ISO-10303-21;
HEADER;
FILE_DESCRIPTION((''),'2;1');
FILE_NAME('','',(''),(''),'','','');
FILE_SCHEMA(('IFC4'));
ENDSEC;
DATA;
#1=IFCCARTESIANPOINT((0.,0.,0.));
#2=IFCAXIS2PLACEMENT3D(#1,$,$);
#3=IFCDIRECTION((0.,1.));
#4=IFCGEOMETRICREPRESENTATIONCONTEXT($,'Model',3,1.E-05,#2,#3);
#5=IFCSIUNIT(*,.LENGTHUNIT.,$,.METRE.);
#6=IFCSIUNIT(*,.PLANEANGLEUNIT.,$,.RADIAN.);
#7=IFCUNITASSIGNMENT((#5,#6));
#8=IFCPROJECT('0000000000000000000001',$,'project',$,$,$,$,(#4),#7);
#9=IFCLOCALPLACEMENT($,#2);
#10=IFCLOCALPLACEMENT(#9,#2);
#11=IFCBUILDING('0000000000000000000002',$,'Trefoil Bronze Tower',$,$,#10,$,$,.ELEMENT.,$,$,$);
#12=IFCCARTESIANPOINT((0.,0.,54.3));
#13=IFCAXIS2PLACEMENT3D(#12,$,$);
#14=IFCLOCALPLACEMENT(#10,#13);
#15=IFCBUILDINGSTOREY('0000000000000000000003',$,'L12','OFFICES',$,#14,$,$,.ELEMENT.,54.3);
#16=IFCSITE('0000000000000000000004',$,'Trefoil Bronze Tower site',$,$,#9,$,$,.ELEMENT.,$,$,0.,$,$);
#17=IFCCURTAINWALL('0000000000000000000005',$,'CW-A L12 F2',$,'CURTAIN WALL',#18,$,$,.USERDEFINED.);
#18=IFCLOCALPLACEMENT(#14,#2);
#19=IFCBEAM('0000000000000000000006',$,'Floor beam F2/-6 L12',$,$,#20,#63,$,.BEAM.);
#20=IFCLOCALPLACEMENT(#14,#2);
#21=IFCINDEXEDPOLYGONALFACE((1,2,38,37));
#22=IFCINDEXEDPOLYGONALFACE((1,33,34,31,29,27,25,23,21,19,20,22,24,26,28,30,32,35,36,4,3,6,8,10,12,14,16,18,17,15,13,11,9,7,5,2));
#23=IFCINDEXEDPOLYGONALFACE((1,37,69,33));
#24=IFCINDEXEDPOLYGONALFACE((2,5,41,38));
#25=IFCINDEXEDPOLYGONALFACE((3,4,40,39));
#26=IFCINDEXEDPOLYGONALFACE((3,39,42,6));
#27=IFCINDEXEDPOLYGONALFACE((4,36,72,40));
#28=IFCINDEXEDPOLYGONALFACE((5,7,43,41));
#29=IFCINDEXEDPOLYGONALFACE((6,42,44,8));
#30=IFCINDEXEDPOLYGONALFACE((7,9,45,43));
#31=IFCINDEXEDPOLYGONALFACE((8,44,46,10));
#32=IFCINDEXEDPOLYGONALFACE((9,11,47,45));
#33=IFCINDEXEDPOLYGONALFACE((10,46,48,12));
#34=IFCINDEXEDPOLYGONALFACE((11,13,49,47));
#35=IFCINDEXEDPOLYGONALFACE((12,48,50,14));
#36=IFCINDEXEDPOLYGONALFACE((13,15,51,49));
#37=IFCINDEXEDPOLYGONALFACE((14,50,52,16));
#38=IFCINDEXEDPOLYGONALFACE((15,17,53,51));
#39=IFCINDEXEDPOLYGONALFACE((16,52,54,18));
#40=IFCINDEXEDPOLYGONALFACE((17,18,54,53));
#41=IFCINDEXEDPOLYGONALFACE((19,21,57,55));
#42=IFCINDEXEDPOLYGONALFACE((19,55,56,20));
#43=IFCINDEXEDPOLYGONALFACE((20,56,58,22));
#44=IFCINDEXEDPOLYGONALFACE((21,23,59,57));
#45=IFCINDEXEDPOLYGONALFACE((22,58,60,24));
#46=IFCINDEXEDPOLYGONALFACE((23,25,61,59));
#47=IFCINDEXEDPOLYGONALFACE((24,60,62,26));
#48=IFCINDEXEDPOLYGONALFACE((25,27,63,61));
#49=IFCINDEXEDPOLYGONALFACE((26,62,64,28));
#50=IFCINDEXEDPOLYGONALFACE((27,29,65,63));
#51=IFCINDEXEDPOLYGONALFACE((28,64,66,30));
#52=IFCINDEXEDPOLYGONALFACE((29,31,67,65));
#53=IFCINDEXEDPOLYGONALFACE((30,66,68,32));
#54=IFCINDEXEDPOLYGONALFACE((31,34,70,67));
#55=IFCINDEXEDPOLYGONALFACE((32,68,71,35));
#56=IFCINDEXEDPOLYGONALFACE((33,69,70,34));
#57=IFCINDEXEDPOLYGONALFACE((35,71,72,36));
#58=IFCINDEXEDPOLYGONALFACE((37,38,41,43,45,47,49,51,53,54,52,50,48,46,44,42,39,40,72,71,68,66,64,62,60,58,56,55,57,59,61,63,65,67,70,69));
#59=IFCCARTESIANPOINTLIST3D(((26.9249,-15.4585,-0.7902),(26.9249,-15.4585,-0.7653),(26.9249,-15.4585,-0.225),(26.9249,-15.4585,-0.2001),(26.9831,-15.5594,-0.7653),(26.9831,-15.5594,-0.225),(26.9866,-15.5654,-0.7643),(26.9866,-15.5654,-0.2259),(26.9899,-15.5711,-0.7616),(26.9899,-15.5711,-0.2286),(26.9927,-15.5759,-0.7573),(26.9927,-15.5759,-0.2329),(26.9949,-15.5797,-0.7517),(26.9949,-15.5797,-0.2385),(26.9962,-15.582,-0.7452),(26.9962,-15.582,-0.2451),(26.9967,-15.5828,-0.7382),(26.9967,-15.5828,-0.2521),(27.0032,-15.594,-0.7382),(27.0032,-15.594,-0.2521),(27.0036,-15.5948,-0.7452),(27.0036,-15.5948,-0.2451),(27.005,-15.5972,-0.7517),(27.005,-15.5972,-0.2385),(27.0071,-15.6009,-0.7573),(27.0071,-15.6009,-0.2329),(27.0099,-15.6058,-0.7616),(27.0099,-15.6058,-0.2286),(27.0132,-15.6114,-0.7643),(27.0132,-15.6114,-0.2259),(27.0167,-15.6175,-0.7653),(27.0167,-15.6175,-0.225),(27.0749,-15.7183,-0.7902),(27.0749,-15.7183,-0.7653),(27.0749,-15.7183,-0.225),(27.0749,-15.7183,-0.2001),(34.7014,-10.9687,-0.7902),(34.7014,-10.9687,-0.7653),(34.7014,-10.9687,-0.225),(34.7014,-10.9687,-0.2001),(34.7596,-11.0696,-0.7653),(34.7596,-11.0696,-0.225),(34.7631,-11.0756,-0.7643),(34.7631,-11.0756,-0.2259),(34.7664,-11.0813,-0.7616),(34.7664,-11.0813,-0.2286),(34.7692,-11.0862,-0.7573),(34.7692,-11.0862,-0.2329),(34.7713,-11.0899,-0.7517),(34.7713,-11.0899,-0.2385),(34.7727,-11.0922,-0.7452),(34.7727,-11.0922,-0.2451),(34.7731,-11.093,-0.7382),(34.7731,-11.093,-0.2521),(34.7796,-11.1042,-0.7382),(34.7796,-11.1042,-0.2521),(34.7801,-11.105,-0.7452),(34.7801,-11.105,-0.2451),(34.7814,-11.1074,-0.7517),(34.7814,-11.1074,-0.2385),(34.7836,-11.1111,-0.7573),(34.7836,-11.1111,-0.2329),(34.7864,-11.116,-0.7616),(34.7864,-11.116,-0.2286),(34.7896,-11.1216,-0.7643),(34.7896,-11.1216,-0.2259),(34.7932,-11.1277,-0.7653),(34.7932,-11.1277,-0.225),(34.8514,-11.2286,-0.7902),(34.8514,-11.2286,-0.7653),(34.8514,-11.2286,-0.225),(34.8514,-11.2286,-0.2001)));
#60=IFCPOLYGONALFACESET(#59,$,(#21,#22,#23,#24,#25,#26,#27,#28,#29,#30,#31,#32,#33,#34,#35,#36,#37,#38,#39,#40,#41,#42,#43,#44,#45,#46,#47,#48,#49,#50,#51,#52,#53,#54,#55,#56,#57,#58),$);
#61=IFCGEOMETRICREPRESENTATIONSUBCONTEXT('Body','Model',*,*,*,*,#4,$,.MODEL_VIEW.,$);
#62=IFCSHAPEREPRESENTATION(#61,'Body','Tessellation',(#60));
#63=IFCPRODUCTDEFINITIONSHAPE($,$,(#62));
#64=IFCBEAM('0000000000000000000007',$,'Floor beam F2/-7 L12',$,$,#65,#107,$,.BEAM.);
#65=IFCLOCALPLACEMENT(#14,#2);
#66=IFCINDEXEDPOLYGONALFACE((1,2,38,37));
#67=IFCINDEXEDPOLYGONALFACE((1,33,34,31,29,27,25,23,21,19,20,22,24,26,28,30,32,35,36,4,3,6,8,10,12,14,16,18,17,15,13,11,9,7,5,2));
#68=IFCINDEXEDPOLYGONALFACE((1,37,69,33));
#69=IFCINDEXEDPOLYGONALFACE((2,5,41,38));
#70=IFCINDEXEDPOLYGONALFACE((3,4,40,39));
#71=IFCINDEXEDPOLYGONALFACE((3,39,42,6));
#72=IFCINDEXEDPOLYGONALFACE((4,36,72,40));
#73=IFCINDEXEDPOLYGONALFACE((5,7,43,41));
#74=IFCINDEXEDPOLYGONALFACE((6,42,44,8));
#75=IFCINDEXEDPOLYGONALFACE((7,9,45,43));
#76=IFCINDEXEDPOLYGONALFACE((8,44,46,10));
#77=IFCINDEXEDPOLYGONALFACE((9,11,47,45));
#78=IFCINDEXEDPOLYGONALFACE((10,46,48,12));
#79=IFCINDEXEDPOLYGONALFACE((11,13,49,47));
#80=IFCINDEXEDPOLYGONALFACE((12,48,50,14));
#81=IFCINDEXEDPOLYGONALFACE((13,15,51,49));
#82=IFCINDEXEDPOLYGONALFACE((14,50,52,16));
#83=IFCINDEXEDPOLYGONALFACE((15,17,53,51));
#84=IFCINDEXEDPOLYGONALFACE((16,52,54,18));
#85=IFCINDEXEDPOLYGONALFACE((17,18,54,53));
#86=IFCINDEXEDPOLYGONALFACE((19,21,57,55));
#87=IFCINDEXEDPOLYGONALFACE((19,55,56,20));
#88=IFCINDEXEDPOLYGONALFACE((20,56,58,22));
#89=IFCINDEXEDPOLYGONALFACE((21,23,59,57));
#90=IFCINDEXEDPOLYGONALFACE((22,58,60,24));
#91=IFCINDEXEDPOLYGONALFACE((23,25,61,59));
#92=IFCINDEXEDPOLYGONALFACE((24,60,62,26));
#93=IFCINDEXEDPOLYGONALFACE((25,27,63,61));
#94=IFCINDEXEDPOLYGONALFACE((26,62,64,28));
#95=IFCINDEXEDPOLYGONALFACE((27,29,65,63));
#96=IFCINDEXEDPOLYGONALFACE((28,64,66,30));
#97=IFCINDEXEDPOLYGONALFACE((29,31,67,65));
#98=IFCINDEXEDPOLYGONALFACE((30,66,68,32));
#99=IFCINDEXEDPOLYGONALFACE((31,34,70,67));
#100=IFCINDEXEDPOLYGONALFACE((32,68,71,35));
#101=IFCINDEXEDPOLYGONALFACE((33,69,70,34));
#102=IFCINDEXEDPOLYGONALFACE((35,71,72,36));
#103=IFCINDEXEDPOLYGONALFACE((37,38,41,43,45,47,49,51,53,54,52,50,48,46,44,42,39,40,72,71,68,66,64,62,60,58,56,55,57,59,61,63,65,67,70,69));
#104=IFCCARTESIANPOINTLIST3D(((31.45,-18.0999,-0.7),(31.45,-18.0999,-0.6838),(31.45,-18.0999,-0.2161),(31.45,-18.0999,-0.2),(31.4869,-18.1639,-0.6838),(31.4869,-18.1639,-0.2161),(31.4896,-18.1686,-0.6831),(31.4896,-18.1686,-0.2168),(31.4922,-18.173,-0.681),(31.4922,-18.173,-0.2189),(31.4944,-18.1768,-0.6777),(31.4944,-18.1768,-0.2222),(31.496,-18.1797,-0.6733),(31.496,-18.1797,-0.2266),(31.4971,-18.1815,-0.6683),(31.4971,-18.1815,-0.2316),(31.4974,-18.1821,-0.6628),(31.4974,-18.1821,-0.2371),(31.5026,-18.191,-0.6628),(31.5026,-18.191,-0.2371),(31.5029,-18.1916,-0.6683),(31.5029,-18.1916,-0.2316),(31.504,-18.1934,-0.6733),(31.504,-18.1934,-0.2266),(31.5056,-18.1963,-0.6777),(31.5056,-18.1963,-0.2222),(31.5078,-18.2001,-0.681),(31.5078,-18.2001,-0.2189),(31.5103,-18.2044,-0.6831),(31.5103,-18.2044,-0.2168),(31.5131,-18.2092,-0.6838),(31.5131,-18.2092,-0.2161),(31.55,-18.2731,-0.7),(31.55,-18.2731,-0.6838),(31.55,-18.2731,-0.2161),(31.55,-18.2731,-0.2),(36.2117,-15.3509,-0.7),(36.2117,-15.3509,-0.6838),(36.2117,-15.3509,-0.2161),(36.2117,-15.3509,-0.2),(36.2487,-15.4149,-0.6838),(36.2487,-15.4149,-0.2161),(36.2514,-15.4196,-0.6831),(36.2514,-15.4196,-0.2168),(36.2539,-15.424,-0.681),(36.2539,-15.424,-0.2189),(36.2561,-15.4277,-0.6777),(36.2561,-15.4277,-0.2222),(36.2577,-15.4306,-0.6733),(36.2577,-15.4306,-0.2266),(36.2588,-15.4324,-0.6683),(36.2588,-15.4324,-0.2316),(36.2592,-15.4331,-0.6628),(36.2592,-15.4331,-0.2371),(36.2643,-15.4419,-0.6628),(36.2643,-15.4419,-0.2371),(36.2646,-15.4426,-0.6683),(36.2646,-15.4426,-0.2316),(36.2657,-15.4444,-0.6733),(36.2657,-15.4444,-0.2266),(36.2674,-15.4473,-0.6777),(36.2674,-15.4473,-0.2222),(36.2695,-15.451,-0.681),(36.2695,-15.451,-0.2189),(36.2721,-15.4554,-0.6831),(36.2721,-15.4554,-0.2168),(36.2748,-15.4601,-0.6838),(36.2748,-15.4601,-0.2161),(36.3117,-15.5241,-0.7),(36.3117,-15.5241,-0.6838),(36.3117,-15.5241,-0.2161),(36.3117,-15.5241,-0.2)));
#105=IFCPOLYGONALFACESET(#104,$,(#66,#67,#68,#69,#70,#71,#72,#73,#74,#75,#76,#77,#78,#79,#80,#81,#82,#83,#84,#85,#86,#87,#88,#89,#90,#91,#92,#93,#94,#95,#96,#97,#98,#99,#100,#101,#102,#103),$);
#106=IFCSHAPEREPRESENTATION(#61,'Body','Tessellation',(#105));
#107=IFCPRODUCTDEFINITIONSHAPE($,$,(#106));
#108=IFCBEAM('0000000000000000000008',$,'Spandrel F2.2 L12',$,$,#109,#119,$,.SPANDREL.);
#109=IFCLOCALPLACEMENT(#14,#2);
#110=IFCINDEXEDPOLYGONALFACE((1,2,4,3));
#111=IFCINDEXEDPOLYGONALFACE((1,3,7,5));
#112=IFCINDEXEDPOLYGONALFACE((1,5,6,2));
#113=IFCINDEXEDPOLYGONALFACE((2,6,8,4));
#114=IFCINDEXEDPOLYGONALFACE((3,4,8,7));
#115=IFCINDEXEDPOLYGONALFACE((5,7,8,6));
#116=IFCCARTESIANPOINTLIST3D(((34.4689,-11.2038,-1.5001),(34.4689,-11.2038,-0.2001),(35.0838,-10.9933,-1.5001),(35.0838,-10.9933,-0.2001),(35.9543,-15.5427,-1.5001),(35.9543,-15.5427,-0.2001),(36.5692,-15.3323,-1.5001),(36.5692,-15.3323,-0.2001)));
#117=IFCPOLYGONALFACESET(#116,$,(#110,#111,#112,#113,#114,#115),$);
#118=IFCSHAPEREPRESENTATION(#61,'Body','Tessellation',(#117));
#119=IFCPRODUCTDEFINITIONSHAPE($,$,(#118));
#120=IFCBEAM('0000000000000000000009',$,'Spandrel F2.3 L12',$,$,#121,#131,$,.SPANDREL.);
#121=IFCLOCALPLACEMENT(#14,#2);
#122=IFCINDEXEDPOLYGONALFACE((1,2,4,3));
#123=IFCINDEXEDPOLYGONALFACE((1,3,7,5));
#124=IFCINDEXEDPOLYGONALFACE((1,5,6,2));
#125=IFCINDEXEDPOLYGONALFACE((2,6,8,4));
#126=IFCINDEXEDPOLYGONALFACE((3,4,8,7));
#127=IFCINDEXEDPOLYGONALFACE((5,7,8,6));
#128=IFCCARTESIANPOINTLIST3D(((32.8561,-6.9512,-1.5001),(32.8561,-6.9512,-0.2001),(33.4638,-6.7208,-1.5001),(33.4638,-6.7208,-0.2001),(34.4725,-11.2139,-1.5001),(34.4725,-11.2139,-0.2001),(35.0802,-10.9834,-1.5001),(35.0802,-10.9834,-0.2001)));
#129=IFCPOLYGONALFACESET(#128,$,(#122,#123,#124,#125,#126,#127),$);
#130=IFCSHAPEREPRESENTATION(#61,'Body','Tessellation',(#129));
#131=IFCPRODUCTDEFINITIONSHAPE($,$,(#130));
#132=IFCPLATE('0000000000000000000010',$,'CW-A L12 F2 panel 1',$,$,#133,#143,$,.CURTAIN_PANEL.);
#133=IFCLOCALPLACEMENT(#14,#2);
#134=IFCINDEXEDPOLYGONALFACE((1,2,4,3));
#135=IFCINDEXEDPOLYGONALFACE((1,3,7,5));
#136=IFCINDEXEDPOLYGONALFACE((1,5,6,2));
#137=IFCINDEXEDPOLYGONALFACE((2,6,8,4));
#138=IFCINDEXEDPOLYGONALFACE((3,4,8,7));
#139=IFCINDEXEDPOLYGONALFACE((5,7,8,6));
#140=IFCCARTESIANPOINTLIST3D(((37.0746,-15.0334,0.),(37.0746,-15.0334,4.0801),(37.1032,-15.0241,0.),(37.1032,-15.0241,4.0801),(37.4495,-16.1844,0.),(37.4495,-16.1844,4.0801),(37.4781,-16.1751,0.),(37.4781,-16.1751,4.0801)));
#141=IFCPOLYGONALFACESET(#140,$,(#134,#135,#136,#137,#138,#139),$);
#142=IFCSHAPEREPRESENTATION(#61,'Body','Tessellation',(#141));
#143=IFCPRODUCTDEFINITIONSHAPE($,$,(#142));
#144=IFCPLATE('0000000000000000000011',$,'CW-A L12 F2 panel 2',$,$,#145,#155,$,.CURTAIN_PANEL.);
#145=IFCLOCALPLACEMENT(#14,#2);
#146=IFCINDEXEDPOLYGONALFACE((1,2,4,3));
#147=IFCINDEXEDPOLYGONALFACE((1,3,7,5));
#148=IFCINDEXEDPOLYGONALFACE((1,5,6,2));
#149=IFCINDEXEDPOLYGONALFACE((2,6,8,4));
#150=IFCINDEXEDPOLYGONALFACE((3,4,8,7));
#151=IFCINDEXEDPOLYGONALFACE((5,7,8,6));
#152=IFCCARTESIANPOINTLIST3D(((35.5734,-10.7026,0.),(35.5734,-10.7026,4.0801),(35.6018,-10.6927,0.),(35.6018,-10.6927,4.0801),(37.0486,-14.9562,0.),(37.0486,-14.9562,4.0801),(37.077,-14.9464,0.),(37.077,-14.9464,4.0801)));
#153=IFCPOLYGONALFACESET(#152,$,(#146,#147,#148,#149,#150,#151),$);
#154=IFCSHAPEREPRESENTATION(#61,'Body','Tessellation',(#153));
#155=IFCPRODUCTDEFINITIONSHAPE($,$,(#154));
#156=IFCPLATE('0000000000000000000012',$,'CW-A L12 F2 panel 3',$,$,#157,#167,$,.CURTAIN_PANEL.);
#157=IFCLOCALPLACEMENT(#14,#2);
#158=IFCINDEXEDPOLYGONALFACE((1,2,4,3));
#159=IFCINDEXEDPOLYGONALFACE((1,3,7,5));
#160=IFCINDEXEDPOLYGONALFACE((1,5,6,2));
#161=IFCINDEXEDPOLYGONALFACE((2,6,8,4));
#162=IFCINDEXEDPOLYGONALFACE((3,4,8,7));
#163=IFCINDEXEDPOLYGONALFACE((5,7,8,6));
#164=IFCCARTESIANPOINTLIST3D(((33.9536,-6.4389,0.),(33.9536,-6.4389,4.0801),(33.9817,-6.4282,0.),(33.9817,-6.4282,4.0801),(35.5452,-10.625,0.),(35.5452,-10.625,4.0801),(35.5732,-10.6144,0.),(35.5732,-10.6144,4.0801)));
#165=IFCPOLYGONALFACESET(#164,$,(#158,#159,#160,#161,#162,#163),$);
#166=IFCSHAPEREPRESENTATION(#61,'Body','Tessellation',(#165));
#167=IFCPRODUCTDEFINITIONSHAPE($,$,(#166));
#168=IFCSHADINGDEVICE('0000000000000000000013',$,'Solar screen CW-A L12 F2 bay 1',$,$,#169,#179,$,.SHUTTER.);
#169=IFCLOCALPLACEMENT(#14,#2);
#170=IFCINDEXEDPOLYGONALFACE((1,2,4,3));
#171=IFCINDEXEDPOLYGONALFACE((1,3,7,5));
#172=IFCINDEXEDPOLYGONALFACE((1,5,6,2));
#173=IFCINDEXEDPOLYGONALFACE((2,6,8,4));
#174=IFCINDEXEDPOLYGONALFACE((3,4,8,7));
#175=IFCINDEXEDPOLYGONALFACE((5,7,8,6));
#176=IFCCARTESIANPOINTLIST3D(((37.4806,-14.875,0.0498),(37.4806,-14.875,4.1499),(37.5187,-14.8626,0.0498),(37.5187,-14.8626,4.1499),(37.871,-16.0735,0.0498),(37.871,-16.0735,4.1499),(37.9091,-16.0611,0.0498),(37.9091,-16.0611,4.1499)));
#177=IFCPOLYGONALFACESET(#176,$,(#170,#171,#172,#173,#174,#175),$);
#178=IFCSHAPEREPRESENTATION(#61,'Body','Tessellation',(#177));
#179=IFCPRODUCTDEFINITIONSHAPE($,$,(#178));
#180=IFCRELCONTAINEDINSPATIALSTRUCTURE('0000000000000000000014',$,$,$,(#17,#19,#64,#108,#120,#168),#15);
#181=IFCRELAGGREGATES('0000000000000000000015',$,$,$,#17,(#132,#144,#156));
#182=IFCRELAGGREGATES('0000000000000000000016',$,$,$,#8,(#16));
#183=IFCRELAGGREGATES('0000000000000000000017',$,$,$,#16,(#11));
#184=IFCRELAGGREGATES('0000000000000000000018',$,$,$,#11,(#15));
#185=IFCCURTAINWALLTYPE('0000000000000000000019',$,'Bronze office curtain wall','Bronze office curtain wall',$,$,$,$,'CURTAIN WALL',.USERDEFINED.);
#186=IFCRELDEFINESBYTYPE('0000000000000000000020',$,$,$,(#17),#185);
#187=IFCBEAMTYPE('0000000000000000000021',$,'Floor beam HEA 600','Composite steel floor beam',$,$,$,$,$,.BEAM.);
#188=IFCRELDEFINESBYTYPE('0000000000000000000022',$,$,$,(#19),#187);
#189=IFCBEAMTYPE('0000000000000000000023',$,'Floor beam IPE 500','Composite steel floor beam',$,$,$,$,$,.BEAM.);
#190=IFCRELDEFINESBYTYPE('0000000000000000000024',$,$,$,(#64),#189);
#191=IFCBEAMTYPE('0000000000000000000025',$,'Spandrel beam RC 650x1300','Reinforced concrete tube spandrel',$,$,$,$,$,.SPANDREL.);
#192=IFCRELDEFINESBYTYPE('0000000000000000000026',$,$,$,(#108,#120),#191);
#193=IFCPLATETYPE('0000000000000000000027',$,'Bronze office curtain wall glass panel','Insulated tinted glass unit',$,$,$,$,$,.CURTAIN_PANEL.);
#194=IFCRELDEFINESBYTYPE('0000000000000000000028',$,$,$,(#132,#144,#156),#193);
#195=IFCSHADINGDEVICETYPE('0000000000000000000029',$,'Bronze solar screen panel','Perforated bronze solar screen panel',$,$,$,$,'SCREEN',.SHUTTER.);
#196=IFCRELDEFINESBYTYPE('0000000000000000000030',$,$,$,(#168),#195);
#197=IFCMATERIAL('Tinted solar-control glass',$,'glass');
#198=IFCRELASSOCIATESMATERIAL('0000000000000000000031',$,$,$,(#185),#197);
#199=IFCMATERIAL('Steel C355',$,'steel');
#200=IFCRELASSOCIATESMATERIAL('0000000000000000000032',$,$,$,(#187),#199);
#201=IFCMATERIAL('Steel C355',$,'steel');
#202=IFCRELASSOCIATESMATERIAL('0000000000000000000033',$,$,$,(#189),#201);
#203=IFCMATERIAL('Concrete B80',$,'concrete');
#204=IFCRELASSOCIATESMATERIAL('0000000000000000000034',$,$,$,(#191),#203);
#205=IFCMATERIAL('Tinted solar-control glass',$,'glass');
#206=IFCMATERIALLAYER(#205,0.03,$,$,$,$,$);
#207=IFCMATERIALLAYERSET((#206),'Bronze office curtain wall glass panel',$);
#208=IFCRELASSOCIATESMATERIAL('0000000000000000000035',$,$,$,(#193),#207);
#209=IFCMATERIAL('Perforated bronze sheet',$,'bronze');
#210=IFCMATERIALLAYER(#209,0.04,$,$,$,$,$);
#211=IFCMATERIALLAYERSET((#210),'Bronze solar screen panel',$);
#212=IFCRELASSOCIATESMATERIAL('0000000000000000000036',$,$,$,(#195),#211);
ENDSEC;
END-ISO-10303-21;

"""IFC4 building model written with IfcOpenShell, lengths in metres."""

from ifc_helpers import new_model, si_unit, direction, frame, origin, origin_2d, place, context, subcontext, project, spatial, rectangle, i_section, extrude, material, layer, layer_set, material_profile, profile_set, type_object, element, aggregate, save


model = new_model("IFC4")

# Units and contexts
model_context = context("Model", 3, precision=1e-05, world=origin(), true_north=direction((0.0, 1.0)))
body_context = subcontext(model_context, "Body", "Model", "MODEL_VIEW")
ifc_project = project(units=[si_unit("LENGTHUNIT", "METRE"), si_unit("PLANEANGLEUNIT", "RADIAN")], contexts=[model_context])

# Site, building, storey
site_placement = place(None, origin())
site = spatial("IfcSite", under=ifc_project, at=site_placement, Name="Trefoil Bronze Tower site", CompositionType="ELEMENT", RefElevation=0.0)
building_placement = place(site_placement, origin())
building = spatial("IfcBuilding", under=site, at=building_placement, Name="Trefoil Bronze Tower", CompositionType="ELEMENT")
storey_placement = place(building_placement, frame((0.0, 0.0, 54.3)))
storey = spatial("IfcBuildingStorey", under=building, at=storey_placement, Name="L12", Description="OFFICES", CompositionType="ELEMENT", Elevation=54.3)

# Curtain wall
ifc_material_1 = material(Name="Tinted solar-control glass", Category="glass")
curtain_wall_type = type_object("IfcCurtainWallType", Name="Bronze office curtain wall", Description="Bronze office curtain wall", ElementType="CURTAIN WALL", PredefinedType="USERDEFINED", material=ifc_material_1)
curtain_wall_placement = place(storey_placement, origin())
curtain_wall = element("IfcCurtainWall", 1, at=curtain_wall_placement, inside=storey, type_object=curtain_wall_type, Name="CW-A L12 F2", ObjectType="CURTAIN WALL", PredefinedType="USERDEFINED")

# Beams
ifc_material_2 = material(Name="Steel C355", Category="steel")
ifc_material_profile_1 = material_profile(ifc_material_2, i_section(OverallWidth=0.3, OverallDepth=0.5901, WebThickness=0.0129, FlangeThickness=0.0249, FilletRadius=0.0271, at=origin_2d()), Name="HEA 600")
ifc_profile_set_1 = profile_set([ifc_material_profile_1], Name="Steel C355")
beam_type_1 = type_object("IfcBeamType", Name="Floor beam HEA 600", Description="Composite steel floor beam", PredefinedType="BEAM", material=ifc_profile_set_1)
beam_1_placement = place(storey_placement, frame((34.7764, -11.0986, -0.4951), z_axis=(-0.866023, -0.500005, 0.0), x_axis=(0.500005, -0.866023, 0.0)))
element("IfcBeam", 2, at=beam_1_placement, inside=storey, type_object=beam_type_1, Name="Floor beam F2/-6 L12", PredefinedType="BEAM", context=body_context, shape_type="SweptSolid", body=[
    extrude(i_section(OverallWidth=0.3, OverallDepth=0.5901, WebThickness=0.0129, FlangeThickness=0.0249, FilletRadius=0.0271, at=origin_2d()), origin(), (0.0, 0.0, 1.0), 8.9795),
])
ifc_material_3 = material(Name="Steel C355", Category="steel")
ifc_material_profile_2 = material_profile(ifc_material_3, i_section(OverallWidth=0.2, OverallDepth=0.5, WebThickness=0.0103, FlangeThickness=0.0161, FilletRadius=0.021, at=origin_2d()), Name="IPE 500")
ifc_profile_set_2 = profile_set([ifc_material_profile_2], Name="Steel C355")
beam_type_2 = type_object("IfcBeamType", Name="Floor beam IPE 500", Description="Composite steel floor beam", PredefinedType="BEAM", material=ifc_profile_set_2)
beam_2_placement = place(storey_placement, frame((36.2617, -15.4375, -0.45), z_axis=(-0.866038, -0.499979, 0.0), x_axis=(0.499979, -0.866038, 0.0)))
element("IfcBeam", 3, at=beam_2_placement, inside=storey, type_object=beam_type_2, Name="Floor beam F2/-7 L12", PredefinedType="BEAM", context=body_context, shape_type="SweptSolid", body=[
    extrude(i_section(OverallWidth=0.2, OverallDepth=0.5, WebThickness=0.0103, FlangeThickness=0.0161, FilletRadius=0.021, at=origin_2d()), origin(), (0.0, 0.0, 1.0), 5.4983),
])
ifc_material_4 = material(Name="Concrete B80", Category="concrete")
ifc_material_profile_3 = material_profile(ifc_material_4, rectangle(XDim=0.6499, YDim=1.3, at=origin_2d()), Name="RC 650x1300")
ifc_profile_set_3 = profile_set([ifc_material_profile_3], Name="Concrete B80")
beam_type_3 = type_object("IfcBeamType", Name="Spandrel beam RC 650x1300", Description="Reinforced concrete tube spandrel", PredefinedType="SPANDREL", material=ifc_profile_set_3)
beam_3_placement = place(storey_placement, frame((36.2617, -15.4375, -0.8501), z_axis=(-0.323883, 0.946097, 0.0), x_axis=(-0.946097, -0.323883, 0.0)))
element("IfcBeam", 4, at=beam_3_placement, inside=storey, type_object=beam_type_3, Name="Spandrel F2.2 L12", PredefinedType="SPANDREL", context=body_context, shape_type="SweptSolid", body=[
    extrude(rectangle(XDim=0.6499, YDim=1.3, at=origin_2d()), origin(), (0.0, 0.0, 1.0), 4.5862),
])
beam_4_placement = place(storey_placement, frame((34.7764, -11.0986, -0.8501), z_axis=(-0.354572, 0.935029, 0.0), x_axis=(-0.935029, -0.354572, 0.0)))
element("IfcBeam", 5, at=beam_4_placement, inside=storey, type_object=beam_type_3, Name="Spandrel F2.3 L12", PredefinedType="SPANDREL", context=body_context, shape_type="SweptSolid", body=[
    extrude(rectangle(XDim=0.6499, YDim=1.3, at=origin_2d()), origin(), (0.0, 0.0, 1.0), 4.5588),
])

# Plates
ifc_material_5 = material(Name="Tinted solar-control glass", Category="glass")
ifc_layer_1 = layer(ifc_material_5, 0.03)
ifc_layer_set_1 = layer_set([ifc_layer_1], Name="Bronze office curtain wall glass panel")
plate_type = type_object("IfcPlateType", Name="Bronze office curtain wall glass panel", Description="Insulated tinted glass unit", PredefinedType="CURTAIN_PANEL", material=ifc_layer_set_1)
plate_1_placement = place(storey_placement, frame((37.2764, -15.6042, 0.0), z_axis=(0.0, 0.0, 1.0), x_axis=(-0.309728, 0.950825, 0.0)))
plate_1 = element("IfcPlate", 6, at=plate_1_placement, type_object=plate_type, Name="CW-A L12 F2 panel 1", PredefinedType="CURTAIN_PANEL", context=body_context, shape_type="SweptSolid", body=[
    extrude(rectangle(XDim=1.2104, YDim=0.03, at=origin_2d()), origin(), (0.0, 0.0, 1.0), 4.0801),
])
plate_2_placement = place(storey_placement, frame((36.3252, -12.8245, 0.0), z_axis=(0.0, 0.0, 1.0), x_axis=(-0.327674, 0.944791, 0.0)))
plate_2 = element("IfcPlate", 7, at=plate_2_placement, type_object=plate_type, Name="CW-A L12 F2 panel 2", PredefinedType="CURTAIN_PANEL", context=body_context, shape_type="SweptSolid", body=[
    extrude(rectangle(XDim=4.5022, YDim=0.03, at=origin_2d()), origin(), (0.0, 0.0, 1.0), 4.0801),
])
plate_3_placement = place(storey_placement, frame((34.7634, -8.5266, 0.0), z_axis=(0.0, 0.0, 1.0), x_axis=(-0.355371, 0.934725, 0.0)))
plate_3 = element("IfcPlate", 8, at=plate_3_placement, type_object=plate_type, Name="CW-A L12 F2 panel 3", PredefinedType="CURTAIN_PANEL", context=body_context, shape_type="SweptSolid", body=[
    extrude(rectangle(XDim=4.4785, YDim=0.03, at=origin_2d()), origin(), (0.0, 0.0, 1.0), 4.0801),
])
aggregate(curtain_wall, [plate_1, plate_2, plate_3])

# Shading device
ifc_material_6 = material(Name="Perforated bronze sheet", Category="bronze")
ifc_layer_2 = layer(ifc_material_6, 0.04)
ifc_layer_set_2 = layer_set([ifc_layer_2], Name="Bronze solar screen panel")
shading_device_type = type_object("IfcShadingDeviceType", Name="Bronze solar screen panel", Description="Perforated bronze solar screen panel", ElementType="SCREEN", PredefinedType="SHUTTER", material=ifc_layer_set_2)
shading_device_1_placement = place(storey_placement, frame((37.6948, -15.468, 0.0498), z_axis=(0.0, 0.0, 1.0), x_axis=(-0.309728, 0.950825, 0.0)))
element("IfcShadingDevice", 9, at=shading_device_1_placement, inside=storey, type_object=shading_device_type, Name="Solar screen CW-A L12 F2 bay 1", PredefinedType="SHUTTER", context=body_context, shape_type="SweptSolid", body=[
    extrude(rectangle(XDim=1.2605, YDim=0.04, at=origin_2d()), origin(), (0.0, 0.0, 1.0), 4.1001),
])

save(model, "model.ifc")
